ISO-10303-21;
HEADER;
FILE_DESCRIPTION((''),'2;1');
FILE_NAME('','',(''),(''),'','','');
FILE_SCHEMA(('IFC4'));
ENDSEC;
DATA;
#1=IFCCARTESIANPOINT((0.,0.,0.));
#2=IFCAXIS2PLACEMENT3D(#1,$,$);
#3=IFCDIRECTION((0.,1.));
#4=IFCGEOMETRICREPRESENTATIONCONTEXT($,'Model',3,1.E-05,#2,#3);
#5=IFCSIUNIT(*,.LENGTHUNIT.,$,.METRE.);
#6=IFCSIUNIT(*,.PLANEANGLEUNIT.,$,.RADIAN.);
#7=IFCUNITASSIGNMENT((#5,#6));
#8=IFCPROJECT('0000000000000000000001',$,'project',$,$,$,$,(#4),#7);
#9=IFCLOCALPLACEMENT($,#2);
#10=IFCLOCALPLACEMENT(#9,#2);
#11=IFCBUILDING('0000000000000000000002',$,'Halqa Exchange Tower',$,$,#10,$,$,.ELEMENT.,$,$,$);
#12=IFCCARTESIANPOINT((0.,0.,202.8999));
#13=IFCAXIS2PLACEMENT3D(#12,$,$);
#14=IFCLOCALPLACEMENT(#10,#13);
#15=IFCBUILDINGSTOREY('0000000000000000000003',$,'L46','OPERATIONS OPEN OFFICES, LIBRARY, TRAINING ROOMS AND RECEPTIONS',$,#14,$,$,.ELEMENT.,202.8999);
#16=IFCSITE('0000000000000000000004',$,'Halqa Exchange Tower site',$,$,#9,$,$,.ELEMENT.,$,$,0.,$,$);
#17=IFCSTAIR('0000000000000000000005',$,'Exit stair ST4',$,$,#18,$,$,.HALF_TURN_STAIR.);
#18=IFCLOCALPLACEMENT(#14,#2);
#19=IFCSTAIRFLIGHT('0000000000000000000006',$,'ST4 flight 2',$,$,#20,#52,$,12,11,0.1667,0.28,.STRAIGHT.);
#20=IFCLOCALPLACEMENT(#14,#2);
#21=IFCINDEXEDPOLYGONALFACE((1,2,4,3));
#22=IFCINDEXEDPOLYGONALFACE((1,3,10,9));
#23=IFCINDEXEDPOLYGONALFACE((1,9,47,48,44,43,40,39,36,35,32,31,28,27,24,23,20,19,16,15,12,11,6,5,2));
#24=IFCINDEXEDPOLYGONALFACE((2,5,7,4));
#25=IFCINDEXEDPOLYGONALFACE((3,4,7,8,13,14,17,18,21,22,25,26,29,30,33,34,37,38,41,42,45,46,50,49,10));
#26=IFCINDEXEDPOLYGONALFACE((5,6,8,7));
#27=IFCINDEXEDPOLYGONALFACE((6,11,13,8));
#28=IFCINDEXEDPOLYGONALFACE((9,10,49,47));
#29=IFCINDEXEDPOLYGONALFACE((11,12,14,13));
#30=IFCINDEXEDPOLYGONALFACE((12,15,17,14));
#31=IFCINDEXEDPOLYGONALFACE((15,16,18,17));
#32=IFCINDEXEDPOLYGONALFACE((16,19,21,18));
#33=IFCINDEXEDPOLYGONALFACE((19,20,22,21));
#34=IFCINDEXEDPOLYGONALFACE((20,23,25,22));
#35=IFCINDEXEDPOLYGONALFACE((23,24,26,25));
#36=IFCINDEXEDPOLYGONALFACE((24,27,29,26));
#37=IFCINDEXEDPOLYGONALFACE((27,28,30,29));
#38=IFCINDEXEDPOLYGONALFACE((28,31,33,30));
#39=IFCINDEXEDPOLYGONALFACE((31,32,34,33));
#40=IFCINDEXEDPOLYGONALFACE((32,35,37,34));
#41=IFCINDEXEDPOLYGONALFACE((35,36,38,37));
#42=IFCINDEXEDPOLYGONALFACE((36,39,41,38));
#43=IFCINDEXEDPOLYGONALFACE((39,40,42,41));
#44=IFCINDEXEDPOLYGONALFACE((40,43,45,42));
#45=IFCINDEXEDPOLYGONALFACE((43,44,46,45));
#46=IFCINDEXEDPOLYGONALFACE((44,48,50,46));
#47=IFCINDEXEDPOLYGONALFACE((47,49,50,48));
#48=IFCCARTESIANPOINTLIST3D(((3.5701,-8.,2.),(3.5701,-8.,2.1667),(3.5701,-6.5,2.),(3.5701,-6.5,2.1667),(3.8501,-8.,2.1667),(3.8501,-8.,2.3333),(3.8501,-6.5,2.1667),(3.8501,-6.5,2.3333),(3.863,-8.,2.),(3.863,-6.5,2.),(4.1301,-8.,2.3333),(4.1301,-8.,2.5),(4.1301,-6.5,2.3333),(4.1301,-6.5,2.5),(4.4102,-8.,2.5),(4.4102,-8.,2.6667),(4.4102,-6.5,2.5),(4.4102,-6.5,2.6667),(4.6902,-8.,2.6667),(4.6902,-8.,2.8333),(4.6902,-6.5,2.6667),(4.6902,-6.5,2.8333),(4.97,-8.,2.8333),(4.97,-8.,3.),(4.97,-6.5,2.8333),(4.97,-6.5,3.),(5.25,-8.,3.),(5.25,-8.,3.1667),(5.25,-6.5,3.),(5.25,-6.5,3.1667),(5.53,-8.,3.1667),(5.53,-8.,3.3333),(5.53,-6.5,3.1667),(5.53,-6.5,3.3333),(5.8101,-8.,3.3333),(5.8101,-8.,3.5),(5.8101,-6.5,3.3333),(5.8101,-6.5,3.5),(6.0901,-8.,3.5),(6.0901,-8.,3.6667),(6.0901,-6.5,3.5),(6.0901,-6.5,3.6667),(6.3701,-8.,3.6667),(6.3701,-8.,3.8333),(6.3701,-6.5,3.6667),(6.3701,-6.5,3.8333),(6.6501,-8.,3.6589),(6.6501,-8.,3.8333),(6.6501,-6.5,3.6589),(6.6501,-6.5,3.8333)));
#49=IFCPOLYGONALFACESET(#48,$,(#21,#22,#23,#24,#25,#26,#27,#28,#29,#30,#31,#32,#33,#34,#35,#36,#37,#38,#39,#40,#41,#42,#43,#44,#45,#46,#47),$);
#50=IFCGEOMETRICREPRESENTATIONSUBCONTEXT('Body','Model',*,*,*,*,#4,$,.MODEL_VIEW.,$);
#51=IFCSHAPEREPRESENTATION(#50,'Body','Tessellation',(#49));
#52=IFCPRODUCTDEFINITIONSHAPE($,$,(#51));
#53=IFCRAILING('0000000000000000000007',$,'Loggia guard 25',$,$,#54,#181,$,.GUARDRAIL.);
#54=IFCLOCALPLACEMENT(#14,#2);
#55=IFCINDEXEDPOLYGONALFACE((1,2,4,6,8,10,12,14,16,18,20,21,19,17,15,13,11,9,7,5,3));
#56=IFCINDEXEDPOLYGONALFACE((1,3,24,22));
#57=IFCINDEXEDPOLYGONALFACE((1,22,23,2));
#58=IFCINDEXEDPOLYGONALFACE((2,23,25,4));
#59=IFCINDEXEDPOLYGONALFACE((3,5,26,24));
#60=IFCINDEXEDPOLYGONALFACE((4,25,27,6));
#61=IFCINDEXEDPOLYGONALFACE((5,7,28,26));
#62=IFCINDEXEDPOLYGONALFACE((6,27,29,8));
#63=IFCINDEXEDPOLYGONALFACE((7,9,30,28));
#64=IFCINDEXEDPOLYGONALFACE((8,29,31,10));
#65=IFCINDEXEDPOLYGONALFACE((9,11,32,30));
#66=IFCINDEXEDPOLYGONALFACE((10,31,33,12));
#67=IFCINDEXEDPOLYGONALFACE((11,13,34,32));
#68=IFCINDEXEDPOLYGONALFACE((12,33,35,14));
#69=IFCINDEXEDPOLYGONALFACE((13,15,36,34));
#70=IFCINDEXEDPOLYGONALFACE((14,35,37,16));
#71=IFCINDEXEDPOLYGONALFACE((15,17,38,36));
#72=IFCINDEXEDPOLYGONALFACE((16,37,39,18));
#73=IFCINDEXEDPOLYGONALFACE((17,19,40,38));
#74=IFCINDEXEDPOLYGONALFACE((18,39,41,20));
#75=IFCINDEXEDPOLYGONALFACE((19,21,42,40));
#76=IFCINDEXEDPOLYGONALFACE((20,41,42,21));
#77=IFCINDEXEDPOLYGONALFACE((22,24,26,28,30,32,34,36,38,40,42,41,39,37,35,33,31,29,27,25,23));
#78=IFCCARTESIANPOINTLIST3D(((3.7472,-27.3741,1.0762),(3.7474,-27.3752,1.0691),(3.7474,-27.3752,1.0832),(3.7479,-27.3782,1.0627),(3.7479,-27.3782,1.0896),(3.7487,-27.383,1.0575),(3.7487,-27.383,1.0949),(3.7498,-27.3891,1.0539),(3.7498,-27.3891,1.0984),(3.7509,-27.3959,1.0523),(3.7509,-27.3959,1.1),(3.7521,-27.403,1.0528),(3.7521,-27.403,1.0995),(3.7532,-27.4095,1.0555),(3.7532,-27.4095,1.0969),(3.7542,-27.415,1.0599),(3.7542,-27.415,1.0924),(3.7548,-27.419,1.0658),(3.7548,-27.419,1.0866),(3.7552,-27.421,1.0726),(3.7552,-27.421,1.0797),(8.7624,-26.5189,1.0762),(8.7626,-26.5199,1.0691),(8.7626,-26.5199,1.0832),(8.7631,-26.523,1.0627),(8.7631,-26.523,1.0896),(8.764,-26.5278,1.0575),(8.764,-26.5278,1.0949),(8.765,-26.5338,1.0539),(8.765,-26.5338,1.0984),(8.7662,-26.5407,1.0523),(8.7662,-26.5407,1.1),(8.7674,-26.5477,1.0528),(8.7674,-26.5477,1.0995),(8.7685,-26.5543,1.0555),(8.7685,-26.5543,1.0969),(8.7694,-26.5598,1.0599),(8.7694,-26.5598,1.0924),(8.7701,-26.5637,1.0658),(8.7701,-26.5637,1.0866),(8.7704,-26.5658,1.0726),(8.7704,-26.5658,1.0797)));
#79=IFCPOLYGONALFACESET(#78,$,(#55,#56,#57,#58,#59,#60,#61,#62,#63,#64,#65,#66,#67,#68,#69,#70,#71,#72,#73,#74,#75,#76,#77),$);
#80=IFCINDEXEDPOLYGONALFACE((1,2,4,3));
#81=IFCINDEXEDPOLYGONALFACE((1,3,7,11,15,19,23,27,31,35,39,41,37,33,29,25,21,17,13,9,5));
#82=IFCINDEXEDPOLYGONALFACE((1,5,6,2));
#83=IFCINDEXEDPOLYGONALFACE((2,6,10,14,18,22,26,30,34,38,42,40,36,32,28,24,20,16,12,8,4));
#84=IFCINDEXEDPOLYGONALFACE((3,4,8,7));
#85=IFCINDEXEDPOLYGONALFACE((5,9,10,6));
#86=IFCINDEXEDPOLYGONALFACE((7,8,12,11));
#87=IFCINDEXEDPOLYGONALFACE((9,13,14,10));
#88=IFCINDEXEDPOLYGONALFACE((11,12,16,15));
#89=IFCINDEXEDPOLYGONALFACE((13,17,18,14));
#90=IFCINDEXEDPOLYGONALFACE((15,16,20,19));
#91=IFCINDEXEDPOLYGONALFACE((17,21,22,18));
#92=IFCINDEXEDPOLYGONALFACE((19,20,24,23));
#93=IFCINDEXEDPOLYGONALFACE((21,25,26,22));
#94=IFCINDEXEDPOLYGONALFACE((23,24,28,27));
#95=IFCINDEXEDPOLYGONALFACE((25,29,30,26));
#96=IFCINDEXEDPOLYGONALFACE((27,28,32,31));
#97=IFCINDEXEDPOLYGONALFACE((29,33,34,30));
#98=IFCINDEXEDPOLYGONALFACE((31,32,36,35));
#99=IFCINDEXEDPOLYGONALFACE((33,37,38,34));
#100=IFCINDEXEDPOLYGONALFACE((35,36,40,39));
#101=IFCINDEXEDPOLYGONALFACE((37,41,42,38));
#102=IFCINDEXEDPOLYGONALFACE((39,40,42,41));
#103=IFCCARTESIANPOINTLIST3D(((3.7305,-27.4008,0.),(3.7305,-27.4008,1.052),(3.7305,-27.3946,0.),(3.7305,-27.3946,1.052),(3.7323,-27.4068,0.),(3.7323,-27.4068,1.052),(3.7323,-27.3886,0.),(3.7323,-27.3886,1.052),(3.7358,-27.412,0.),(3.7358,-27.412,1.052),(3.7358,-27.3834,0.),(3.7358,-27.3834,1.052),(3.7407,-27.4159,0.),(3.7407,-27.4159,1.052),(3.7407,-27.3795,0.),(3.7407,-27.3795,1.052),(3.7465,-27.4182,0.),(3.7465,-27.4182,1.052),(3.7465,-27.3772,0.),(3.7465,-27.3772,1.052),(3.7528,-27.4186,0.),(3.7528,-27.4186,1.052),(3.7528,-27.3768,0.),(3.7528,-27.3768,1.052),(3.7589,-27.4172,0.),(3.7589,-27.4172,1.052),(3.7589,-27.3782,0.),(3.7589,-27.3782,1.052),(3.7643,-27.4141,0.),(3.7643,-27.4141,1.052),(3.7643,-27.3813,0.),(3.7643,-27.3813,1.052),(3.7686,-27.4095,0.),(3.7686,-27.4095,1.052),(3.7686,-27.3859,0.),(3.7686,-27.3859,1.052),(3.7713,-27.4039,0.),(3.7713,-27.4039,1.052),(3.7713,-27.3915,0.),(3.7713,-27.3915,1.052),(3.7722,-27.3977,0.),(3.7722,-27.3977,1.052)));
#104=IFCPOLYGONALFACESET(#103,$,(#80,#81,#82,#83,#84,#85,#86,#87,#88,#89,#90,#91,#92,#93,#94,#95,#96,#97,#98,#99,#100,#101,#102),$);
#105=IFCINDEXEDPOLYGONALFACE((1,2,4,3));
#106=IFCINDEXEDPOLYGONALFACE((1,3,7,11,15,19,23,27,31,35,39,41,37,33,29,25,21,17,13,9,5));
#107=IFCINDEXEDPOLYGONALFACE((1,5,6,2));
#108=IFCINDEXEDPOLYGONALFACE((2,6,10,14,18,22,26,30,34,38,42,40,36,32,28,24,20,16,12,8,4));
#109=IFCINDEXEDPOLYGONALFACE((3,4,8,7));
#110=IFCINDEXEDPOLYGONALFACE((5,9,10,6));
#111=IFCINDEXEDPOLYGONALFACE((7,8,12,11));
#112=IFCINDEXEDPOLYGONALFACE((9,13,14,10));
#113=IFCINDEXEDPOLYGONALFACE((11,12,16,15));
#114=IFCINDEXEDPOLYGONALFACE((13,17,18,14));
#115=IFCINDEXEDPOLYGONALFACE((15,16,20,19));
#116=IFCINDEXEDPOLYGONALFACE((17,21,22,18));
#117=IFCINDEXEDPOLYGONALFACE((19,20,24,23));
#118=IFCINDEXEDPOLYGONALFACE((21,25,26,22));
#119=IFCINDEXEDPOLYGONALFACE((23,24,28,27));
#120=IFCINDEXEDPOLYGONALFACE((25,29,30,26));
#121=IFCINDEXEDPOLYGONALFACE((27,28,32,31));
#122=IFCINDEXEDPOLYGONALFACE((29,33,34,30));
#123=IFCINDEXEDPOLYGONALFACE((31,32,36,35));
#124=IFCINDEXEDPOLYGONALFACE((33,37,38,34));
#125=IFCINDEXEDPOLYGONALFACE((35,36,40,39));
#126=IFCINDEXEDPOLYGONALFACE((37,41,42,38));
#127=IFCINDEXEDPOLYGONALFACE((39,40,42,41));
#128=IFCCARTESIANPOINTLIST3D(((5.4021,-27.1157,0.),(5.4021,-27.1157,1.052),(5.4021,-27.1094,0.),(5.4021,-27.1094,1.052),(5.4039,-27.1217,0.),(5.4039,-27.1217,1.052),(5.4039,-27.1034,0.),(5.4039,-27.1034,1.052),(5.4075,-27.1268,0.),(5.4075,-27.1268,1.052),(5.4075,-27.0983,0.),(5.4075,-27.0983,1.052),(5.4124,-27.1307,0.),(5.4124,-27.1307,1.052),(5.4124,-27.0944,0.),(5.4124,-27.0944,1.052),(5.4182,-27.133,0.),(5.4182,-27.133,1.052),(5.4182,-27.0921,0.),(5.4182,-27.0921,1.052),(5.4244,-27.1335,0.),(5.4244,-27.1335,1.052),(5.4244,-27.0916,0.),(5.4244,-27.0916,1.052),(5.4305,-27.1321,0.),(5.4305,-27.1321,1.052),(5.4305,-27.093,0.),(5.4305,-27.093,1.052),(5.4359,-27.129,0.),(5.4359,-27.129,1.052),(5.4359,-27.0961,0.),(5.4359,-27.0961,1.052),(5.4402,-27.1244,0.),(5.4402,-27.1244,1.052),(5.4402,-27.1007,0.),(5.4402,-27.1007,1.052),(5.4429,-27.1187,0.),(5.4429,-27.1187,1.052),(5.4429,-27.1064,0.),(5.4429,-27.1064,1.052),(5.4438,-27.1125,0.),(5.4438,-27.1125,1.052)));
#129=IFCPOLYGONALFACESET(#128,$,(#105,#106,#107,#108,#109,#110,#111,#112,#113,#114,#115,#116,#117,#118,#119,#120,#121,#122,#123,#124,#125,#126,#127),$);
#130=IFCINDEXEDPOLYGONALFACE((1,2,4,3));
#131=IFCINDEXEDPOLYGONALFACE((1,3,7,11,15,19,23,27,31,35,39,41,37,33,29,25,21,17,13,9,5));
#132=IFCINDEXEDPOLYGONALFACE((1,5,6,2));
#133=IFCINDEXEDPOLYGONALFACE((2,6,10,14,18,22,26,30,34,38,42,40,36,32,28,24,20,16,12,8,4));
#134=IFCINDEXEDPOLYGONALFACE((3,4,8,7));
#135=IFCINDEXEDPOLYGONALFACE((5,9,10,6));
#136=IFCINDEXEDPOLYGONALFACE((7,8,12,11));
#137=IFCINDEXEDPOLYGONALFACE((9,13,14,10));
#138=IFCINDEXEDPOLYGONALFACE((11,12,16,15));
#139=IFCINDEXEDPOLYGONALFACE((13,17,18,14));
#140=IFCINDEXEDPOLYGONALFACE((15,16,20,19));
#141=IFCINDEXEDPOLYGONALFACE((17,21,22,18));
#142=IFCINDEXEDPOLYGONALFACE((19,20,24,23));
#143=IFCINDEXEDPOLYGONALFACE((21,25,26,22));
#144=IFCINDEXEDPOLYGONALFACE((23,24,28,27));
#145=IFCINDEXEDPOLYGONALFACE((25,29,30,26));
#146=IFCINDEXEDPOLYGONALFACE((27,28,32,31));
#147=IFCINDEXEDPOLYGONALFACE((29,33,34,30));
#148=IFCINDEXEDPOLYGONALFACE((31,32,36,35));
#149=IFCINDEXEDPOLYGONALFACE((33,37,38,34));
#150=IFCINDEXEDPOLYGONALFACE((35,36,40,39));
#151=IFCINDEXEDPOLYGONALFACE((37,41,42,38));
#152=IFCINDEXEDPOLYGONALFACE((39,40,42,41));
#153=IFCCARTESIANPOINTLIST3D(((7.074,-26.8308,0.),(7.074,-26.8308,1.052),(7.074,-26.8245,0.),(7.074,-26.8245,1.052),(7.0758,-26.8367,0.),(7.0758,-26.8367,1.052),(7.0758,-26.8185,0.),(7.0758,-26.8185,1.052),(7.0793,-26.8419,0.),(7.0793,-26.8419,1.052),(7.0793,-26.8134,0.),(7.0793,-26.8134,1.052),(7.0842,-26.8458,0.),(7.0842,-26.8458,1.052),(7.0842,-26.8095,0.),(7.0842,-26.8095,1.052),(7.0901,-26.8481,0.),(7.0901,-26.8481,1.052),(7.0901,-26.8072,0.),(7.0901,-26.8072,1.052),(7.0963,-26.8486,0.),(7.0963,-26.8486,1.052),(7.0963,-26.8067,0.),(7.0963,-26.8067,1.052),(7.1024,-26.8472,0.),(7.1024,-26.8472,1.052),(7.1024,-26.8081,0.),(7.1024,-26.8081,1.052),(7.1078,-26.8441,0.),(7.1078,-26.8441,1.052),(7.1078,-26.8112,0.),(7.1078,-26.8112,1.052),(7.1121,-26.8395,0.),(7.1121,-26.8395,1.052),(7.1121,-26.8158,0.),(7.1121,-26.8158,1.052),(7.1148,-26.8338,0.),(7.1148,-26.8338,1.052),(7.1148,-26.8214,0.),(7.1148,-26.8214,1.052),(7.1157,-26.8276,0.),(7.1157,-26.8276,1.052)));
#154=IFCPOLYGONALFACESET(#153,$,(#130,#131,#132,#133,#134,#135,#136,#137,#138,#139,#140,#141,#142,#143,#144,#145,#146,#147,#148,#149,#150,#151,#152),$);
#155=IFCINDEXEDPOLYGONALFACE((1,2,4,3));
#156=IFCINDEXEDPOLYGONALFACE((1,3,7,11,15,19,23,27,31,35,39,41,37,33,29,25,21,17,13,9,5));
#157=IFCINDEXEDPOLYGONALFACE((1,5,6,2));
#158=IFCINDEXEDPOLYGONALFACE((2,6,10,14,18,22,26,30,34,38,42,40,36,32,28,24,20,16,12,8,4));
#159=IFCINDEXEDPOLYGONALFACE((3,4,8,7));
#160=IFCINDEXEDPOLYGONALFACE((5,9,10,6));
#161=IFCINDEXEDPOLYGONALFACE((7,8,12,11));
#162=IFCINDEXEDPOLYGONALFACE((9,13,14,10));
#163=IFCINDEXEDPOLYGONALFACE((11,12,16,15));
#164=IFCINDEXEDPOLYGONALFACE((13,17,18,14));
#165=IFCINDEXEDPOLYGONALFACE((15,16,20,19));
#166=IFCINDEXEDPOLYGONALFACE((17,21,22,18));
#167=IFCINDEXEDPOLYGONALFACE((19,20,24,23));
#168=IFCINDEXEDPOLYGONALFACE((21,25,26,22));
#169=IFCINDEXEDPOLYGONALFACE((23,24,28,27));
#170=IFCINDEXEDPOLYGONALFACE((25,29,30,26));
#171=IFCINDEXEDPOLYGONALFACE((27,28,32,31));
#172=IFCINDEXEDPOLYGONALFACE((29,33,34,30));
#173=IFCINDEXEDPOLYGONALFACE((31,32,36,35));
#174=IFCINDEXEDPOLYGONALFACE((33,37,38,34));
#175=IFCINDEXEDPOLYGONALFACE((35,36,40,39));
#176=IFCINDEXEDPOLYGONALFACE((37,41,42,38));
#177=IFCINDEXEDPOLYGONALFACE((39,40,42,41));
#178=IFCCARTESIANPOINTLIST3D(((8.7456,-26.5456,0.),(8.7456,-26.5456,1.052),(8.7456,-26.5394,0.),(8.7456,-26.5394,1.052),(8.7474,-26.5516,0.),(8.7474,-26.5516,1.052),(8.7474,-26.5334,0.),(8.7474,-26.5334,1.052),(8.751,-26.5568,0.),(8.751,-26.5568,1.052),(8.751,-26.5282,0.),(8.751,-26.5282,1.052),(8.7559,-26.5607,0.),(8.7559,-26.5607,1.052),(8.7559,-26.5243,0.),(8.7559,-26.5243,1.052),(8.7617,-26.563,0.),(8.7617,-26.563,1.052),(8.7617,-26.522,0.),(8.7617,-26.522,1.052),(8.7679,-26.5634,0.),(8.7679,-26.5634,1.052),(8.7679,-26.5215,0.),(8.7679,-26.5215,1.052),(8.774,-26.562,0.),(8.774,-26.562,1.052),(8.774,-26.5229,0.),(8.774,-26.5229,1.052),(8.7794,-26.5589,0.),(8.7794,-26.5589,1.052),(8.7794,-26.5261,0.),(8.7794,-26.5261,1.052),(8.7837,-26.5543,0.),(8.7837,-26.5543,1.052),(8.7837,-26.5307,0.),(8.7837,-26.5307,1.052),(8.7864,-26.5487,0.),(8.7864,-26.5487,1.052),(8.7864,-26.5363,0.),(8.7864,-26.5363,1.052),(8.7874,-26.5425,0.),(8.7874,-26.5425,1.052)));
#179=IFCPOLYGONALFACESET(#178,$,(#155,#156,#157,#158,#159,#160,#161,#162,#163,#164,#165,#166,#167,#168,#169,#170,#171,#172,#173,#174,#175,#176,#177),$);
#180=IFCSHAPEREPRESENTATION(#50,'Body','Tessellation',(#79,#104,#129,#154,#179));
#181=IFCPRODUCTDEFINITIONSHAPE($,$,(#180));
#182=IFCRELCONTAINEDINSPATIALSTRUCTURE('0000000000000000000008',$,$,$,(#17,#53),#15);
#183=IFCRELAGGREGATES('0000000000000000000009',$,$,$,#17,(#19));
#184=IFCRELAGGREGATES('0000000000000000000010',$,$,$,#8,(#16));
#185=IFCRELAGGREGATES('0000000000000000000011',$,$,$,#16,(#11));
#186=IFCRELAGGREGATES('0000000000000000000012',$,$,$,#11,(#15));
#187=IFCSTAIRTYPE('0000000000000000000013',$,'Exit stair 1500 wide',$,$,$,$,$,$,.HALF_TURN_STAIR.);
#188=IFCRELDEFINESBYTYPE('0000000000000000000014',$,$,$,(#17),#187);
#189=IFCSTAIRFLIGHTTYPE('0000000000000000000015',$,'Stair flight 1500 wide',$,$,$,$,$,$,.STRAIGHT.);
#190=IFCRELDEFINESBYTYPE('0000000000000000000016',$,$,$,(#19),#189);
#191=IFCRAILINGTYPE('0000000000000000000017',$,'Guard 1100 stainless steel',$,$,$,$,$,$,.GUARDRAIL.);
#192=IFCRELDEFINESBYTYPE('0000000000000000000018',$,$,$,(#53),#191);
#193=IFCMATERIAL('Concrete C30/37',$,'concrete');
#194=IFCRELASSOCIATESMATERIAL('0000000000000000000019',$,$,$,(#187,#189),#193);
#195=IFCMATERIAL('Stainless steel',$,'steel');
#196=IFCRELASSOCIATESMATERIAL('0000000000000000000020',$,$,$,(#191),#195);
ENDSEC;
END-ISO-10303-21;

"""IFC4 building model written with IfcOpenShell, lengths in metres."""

from ifc_helpers import new_model, si_unit, direction, frame, origin, origin_2d, place, context, subcontext, project, spatial, polyline, circle, outline, extrude, material, type_object, element, aggregate, save


model = new_model("IFC4")

# Units and contexts
model_context = context("Model", 3, precision=1e-05, world=origin(), true_north=direction((0.0, 1.0)))
body_context = subcontext(model_context, "Body", "Model", "MODEL_VIEW")
ifc_project = project(units=[si_unit("LENGTHUNIT", "METRE"), si_unit("PLANEANGLEUNIT", "RADIAN")], contexts=[model_context])

# Site, building, storey
site_placement = place(None, origin())
site = spatial("IfcSite", under=ifc_project, at=site_placement, Name="Halqa Exchange Tower site", CompositionType="ELEMENT", RefElevation=0.0)
building_placement = place(site_placement, origin())
building = spatial("IfcBuilding", under=site, at=building_placement, Name="Halqa Exchange Tower", CompositionType="ELEMENT")
storey_placement = place(building_placement, frame((0.0, 0.0, 202.8999)))
storey = spatial("IfcBuildingStorey", under=building, at=storey_placement, Name="L46", Description="OPERATIONS OPEN OFFICES, LIBRARY, TRAINING ROOMS AND RECEPTIONS", CompositionType="ELEMENT", Elevation=202.8999)

# Shared definitions
ifc_material_1 = material(Name="Concrete C30/37", Category="concrete")

# Stair, stair flight
stair_type = type_object("IfcStairType", Name="Exit stair 1500 wide", PredefinedType="HALF_TURN_STAIR", material=ifc_material_1)
stair_placement = place(storey_placement, origin())
stair = element("IfcStair", 1, at=stair_placement, inside=storey, type_object=stair_type, Name="Exit stair ST4", PredefinedType="HALF_TURN_STAIR")
stair_flight_type = type_object("IfcStairFlightType", Name="Stair flight 1500 wide", PredefinedType="STRAIGHT", material=ifc_material_1)
stair_flight_1_placement = place(storey_placement, frame((3.5701, -7.25, 2.0), z_axis=(0.0, 0.0, 1.0), x_axis=(1.0, 0.0, 0.0)))
stair_flight_1 = element("IfcStairFlight", 2, at=stair_flight_1_placement, type_object=stair_flight_type, Name="ST4 flight 2", NumberOfRisers=12, NumberOfTreads=11, PredefinedType="STRAIGHT", RiserHeight=0.1667, TreadLength=0.28, context=body_context, shape_type="SweptSolid", body=[
    extrude(outline(polyline([(0.0, 0.0), (0.0, 0.1667), (0.28, 0.1667), (0.28, 0.3333), (0.5601, 0.3333), (0.5601, 0.5), (0.8401, 0.5), (0.8401, 0.6667), (1.1201, 0.6667), (1.1201, 0.8333), (1.3999, 0.8333), (1.3999, 1.0), (1.6799, 1.0), (1.6799, 1.1667), (1.96, 1.1667), (1.96, 1.3333), (2.24, 1.3333), (2.24, 1.5), (2.52, 1.5), (2.52, 1.6667), (2.8, 1.6667), (2.8, 1.8333), (3.0801, 1.8333), (3.0801, 2.0), (3.0801, 1.6589), (0.293, 0.0), (0.0, 0.0)])), frame((0.0, 0.75, 0.0), z_axis=(0.0, -1.0, 0.0), x_axis=(1.0, 0.0, 0.0)), (0.0, 0.0, 1.0), 1.5),
])
aggregate(stair, [stair_flight_1])

# Railing
ifc_material_2 = material(Name="Stainless steel", Category="steel")
railing_type_1 = type_object("IfcRailingType", Name="Guard 1100 stainless steel", PredefinedType="GUARDRAIL", material=ifc_material_2)
railing_1_placement = place(storey_placement, frame((3.7512, -27.3977, 0.0)))
element("IfcRailing", 3, at=railing_1_placement, inside=storey, type_object=railing_type_1, Name="Loggia guard 25", PredefinedType="GUARDRAIL", context=body_context, shape_type="SweptSolid", body=[
    extrude(circle(Radius=0.0239, at=origin_2d()), frame((0.0, 0.0, 1.0762), z_axis=(0.98577, 0.168102, 0.0), x_axis=(-0.168102, 0.98577, 0.0)), (0.0, 0.0, 1.0), 5.0876),
    extrude(circle(Radius=0.021, at=origin_2d()), origin(), (0.0, 0.0, 1.0), 1.052),
    extrude(circle(Radius=0.021, at=origin_2d()), frame((1.6716, 0.2852, 0.0)), (0.0, 0.0, 1.0), 1.052),
    extrude(circle(Radius=0.021, at=origin_2d()), frame((3.3435, 0.5701, 0.0)), (0.0, 0.0, 1.0), 1.052),
    extrude(circle(Radius=0.021, at=origin_2d()), frame((5.0151, 0.8552, 0.0)), (0.0, 0.0, 1.0), 1.052),
])

save(model, "model.ifc")
